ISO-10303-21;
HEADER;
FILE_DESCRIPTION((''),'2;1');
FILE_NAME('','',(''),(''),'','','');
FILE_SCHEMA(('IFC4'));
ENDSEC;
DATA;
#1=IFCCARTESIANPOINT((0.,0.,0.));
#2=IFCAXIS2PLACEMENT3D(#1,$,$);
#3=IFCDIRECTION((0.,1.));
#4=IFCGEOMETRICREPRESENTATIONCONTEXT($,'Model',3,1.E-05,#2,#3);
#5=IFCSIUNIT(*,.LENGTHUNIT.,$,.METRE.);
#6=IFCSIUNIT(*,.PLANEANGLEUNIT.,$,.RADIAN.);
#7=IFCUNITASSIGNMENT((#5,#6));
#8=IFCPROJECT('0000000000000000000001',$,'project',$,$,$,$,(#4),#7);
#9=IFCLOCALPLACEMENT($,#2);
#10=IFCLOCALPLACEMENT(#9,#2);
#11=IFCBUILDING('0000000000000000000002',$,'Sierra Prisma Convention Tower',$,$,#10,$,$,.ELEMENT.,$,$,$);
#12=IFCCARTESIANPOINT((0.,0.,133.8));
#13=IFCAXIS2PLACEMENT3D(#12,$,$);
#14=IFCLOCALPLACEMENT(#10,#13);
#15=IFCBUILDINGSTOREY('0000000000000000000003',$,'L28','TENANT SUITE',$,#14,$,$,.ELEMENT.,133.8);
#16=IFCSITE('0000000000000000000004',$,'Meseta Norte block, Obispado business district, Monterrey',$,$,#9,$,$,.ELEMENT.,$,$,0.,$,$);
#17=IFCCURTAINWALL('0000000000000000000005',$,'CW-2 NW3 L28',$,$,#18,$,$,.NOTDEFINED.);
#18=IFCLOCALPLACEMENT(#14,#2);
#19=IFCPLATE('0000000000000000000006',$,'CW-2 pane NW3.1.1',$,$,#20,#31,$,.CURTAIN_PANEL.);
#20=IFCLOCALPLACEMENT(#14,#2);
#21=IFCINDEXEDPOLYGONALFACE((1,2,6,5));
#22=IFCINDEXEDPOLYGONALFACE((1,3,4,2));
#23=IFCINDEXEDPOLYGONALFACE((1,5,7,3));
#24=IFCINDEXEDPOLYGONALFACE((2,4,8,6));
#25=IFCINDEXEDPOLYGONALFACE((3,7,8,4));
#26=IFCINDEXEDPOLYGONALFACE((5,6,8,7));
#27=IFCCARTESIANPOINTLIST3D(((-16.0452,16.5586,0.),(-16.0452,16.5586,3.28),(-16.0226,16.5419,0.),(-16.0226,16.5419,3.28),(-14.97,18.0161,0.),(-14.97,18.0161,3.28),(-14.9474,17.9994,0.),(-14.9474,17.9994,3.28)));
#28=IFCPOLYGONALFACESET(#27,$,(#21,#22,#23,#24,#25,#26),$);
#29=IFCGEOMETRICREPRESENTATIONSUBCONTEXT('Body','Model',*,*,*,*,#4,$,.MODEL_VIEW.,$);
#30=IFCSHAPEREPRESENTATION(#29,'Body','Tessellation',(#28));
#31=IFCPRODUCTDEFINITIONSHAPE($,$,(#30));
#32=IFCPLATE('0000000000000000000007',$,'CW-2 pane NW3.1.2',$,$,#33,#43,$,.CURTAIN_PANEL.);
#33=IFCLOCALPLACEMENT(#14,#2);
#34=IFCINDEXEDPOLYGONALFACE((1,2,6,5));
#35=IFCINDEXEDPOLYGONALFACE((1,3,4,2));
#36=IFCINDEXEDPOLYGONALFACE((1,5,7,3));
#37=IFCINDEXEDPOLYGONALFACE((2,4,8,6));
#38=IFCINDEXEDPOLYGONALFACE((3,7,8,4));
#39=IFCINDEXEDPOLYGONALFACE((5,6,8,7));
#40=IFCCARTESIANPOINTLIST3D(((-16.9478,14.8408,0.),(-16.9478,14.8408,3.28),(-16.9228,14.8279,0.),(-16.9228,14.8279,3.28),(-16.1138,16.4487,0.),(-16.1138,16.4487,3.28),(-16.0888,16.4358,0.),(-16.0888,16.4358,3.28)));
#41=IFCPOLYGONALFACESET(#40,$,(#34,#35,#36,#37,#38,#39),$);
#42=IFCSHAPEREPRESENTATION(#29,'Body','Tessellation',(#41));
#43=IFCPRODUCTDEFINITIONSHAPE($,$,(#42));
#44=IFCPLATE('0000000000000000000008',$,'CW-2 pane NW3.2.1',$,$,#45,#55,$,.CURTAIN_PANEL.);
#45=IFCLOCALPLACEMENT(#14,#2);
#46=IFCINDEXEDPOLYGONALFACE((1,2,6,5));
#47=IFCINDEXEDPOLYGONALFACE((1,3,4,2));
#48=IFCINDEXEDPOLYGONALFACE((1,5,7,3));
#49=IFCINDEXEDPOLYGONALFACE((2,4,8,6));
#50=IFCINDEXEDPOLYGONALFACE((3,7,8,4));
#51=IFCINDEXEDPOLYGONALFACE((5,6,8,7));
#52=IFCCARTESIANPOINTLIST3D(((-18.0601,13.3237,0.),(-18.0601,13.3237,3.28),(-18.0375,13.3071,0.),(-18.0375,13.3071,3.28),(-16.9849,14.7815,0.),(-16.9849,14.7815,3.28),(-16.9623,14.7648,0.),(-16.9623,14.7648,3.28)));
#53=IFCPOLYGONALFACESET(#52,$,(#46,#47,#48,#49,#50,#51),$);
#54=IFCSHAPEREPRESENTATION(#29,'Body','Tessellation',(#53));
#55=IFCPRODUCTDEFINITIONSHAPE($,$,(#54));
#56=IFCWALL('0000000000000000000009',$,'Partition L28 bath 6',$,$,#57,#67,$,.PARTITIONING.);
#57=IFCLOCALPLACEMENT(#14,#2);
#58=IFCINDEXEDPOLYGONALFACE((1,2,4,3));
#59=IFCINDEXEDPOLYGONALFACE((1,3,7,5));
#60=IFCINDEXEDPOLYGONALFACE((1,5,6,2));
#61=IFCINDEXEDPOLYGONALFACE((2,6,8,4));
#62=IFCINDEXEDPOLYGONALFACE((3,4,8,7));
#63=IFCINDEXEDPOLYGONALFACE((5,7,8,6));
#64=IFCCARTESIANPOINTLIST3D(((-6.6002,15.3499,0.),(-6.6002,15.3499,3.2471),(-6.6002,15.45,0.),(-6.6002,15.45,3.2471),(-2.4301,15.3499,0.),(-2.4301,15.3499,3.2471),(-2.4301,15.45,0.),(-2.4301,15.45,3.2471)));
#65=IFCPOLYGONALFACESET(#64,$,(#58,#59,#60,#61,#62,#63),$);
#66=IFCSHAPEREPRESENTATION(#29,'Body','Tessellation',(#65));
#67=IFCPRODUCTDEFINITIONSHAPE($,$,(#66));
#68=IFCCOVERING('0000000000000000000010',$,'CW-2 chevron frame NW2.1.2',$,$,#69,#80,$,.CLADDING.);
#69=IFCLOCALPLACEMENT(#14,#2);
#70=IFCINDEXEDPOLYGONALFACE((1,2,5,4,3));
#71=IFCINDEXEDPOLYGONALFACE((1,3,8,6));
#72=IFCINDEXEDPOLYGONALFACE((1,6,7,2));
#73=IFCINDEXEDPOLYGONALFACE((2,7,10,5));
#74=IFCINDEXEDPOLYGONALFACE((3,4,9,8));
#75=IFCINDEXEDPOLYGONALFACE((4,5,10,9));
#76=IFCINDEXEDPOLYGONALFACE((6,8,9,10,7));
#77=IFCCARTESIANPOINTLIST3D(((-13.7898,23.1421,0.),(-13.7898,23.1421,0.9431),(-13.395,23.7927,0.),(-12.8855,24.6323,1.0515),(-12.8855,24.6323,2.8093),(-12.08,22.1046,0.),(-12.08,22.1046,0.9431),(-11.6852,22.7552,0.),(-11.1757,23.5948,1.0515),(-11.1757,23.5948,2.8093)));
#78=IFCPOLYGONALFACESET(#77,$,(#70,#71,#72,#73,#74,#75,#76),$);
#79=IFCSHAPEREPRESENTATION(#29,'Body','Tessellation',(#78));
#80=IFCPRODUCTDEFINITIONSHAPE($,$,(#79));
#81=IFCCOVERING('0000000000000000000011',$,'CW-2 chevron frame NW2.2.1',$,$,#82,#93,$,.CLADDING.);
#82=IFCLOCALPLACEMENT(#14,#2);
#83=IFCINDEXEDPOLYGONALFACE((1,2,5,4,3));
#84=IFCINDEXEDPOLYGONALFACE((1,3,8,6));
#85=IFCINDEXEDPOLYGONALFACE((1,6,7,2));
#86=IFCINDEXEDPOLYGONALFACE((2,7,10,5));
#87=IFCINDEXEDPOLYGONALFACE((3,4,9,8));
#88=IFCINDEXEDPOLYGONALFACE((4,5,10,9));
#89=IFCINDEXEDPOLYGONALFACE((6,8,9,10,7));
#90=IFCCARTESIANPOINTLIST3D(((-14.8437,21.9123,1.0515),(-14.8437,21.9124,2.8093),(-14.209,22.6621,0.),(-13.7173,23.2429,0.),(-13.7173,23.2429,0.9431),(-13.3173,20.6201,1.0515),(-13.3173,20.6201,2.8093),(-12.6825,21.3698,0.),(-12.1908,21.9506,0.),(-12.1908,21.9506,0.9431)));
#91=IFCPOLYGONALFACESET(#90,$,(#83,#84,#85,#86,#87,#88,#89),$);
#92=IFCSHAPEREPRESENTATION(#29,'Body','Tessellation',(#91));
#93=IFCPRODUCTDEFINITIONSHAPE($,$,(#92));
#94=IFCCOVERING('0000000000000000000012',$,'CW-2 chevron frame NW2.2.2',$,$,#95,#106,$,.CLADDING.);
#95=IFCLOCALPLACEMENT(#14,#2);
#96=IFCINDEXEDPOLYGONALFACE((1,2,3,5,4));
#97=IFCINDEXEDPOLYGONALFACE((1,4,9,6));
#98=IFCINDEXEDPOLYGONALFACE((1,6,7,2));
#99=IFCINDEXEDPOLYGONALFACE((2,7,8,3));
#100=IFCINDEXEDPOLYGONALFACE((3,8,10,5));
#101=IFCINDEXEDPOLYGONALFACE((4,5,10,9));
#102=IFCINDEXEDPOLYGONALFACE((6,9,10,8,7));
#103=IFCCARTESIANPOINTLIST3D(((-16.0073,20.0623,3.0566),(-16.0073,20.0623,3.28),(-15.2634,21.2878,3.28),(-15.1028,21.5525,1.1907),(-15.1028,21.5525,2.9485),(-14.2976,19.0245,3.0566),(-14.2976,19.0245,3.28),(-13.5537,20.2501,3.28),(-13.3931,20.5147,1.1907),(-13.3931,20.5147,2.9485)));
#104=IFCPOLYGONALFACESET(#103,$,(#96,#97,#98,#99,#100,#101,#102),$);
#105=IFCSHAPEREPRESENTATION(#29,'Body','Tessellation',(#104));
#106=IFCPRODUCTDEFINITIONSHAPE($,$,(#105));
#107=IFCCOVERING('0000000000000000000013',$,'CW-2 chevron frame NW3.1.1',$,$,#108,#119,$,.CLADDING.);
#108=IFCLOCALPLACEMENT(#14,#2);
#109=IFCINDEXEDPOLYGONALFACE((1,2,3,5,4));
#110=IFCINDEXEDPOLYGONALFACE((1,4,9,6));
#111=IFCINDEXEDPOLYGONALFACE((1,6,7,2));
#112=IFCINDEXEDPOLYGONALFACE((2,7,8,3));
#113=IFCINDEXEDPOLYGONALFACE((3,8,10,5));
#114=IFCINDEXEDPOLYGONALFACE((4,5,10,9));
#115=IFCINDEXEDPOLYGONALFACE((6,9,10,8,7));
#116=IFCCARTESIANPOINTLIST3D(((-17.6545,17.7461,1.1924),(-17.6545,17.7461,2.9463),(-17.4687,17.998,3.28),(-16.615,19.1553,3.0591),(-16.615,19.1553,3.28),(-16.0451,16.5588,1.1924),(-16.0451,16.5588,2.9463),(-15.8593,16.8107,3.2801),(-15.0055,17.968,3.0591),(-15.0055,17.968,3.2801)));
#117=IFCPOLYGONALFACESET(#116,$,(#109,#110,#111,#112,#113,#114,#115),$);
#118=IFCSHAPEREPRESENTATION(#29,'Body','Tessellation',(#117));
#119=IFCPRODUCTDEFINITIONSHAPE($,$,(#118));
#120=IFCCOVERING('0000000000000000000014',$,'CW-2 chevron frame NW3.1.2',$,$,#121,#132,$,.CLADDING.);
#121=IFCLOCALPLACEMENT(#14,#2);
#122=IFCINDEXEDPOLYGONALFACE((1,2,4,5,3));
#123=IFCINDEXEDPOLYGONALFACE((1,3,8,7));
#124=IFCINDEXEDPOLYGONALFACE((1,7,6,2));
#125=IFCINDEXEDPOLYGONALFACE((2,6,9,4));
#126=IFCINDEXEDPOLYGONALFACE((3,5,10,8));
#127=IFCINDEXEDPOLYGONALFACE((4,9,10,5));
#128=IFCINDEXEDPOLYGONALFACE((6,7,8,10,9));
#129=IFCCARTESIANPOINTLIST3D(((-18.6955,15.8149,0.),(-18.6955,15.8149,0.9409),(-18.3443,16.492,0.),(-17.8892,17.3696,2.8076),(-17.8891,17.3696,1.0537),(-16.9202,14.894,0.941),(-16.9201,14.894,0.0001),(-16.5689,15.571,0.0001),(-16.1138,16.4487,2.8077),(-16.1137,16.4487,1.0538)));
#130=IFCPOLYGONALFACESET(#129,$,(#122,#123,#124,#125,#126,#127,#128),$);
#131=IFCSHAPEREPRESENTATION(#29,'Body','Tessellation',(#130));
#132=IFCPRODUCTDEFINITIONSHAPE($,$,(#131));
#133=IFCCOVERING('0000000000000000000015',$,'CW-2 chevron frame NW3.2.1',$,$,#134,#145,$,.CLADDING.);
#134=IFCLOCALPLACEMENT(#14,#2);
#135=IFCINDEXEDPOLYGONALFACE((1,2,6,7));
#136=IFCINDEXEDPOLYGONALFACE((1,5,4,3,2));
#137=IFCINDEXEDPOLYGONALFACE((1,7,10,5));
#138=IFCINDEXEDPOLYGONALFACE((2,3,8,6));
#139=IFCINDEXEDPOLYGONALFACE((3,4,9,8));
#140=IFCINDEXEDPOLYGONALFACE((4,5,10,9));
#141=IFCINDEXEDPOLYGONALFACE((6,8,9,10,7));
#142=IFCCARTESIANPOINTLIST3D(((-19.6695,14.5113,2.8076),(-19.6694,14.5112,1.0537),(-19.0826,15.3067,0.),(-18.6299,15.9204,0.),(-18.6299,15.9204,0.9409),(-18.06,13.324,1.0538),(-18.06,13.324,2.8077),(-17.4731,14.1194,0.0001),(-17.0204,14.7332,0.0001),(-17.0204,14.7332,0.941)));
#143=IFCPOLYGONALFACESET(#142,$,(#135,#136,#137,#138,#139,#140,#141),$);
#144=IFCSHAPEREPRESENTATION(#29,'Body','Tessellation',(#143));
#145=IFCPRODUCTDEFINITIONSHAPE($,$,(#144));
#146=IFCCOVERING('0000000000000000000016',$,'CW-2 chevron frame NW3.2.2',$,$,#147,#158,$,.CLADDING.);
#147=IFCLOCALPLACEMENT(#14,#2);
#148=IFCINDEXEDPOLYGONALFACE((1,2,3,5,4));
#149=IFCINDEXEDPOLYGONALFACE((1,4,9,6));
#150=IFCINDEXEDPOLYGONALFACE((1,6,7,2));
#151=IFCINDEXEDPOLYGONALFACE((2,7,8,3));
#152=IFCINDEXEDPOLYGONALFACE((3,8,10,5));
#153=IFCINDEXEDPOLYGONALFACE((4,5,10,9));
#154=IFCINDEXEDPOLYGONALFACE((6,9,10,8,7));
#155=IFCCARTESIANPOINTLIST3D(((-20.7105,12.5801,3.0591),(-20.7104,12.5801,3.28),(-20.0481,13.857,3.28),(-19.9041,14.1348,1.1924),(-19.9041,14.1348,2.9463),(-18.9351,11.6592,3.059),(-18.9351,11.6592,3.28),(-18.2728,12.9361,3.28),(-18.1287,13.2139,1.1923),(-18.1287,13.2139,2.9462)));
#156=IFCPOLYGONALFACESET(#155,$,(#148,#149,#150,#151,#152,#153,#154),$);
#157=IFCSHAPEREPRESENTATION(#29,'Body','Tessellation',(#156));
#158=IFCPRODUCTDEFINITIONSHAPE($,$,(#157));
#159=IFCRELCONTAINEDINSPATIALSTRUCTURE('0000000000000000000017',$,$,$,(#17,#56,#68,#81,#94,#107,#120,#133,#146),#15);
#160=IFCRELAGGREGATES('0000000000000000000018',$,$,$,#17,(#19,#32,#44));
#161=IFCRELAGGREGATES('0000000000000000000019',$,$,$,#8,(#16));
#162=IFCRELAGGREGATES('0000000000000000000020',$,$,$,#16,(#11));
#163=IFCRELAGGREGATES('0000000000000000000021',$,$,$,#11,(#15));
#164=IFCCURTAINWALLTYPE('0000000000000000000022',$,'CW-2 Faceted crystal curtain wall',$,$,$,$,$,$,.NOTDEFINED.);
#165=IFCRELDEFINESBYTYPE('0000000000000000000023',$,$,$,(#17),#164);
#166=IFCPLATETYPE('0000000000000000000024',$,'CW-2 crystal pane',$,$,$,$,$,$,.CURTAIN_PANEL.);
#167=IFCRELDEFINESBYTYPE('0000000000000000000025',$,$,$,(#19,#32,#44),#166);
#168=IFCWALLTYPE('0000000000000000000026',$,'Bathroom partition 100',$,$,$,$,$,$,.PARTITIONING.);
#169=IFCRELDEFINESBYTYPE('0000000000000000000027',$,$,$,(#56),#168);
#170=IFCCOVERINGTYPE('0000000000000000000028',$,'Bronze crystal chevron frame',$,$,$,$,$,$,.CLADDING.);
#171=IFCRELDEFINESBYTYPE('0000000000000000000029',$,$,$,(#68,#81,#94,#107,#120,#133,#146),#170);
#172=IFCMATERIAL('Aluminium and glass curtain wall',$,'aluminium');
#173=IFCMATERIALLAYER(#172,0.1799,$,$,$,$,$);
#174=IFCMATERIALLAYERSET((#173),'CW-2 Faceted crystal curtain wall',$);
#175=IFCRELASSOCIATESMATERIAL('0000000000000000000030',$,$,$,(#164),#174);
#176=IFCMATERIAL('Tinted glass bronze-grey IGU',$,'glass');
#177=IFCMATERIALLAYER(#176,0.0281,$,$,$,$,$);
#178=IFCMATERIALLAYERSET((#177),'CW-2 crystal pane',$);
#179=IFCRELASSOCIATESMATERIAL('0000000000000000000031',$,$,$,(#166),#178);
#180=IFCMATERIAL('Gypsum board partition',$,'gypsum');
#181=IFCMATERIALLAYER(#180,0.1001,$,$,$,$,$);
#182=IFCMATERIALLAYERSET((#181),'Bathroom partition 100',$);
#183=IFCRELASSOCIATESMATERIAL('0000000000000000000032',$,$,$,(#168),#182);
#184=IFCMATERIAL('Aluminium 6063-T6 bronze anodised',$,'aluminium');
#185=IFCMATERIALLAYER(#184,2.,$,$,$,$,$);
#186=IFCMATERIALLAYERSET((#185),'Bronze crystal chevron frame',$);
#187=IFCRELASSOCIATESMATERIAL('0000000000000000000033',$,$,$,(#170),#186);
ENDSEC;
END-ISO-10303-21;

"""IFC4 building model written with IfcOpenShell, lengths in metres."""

from ifc_helpers import new_model, si_unit, direction, frame, frame_2d, origin, place, context, subcontext, project, spatial, polyline, rectangle, outline, extrude, material, layer, layer_set, type_object, element, aggregate, save


model = new_model("IFC4")

# Units and contexts
model_context = context("Model", 3, precision=1e-05, world=origin(), true_north=direction((0.0, 1.0)))
body_context = subcontext(model_context, "Body", "Model", "MODEL_VIEW")
ifc_project = project(units=[si_unit("LENGTHUNIT", "METRE"), si_unit("PLANEANGLEUNIT", "RADIAN")], contexts=[model_context])

# Site, building, storey
site_placement = place(None, origin())
site = spatial("IfcSite", under=ifc_project, at=site_placement, Name="Meseta Norte block, Obispado business district, Monterrey", CompositionType="ELEMENT", RefElevation=0.0)
building_placement = place(site_placement, origin())
building = spatial("IfcBuilding", under=site, at=building_placement, Name="Sierra Prisma Convention Tower", CompositionType="ELEMENT")
storey_placement = place(building_placement, frame((0.0, 0.0, 133.8)))
storey = spatial("IfcBuildingStorey", under=building, at=storey_placement, Name="L28", Description="TENANT SUITE", CompositionType="ELEMENT", Elevation=133.8)

# Curtain wall
ifc_material_1 = material(Name="Aluminium and glass curtain wall", Category="aluminium")
ifc_layer_1 = layer(ifc_material_1, 0.1799)
ifc_layer_set_1 = layer_set([ifc_layer_1], Name="CW-2 Faceted crystal curtain wall")
curtain_wall_type = type_object("IfcCurtainWallType", Name="CW-2 Faceted crystal curtain wall", PredefinedType="NOTDEFINED", material=ifc_layer_set_1)
curtain_wall_1_placement = place(storey_placement, origin())
curtain_wall_1 = element("IfcCurtainWall", 1, at=curtain_wall_1_placement, inside=storey, type_object=curtain_wall_type, Name="CW-2 NW3 L28", PredefinedType="NOTDEFINED")

# Plates
ifc_material_2 = material(Name="Tinted glass bronze-grey IGU", Category="glass")
ifc_layer_2 = layer(ifc_material_2, 0.0281)
ifc_layer_set_2 = layer_set([ifc_layer_2], Name="CW-2 crystal pane")
plate_type = type_object("IfcPlateType", Name="CW-2 crystal pane", PredefinedType="CURTAIN_PANEL", material=ifc_layer_set_2)
plate_1_placement = place(storey_placement, frame((-14.97, 18.0161, 0.0), z_axis=(-0.80473, 0.59364, 0.0), x_axis=(-0.59364, -0.80473, 0.0)))
plate_1 = element("IfcPlate", 2, at=plate_1_placement, type_object=plate_type, Name="CW-2 pane NW3.1.1", PredefinedType="CURTAIN_PANEL", context=body_context, shape_type="SweptSolid", body=[
    extrude(outline(polyline([(0.0, 0.0), (1.8112, 0.0), (1.8112, 3.28), (0.0, 3.28), (0.0, 0.0)])), origin(), (0.0, 0.0, -1.0), 0.0281),
])
plate_2_placement = place(storey_placement, frame((-16.9478, 14.8408, 0.0), z_axis=(-0.887697, 0.460427, 0.0), x_axis=(0.460427, 0.887697, 0.0)))
plate_2 = element("IfcPlate", 3, at=plate_2_placement, type_object=plate_type, Name="CW-2 pane NW3.1.2", PredefinedType="CURTAIN_PANEL", context=body_context, shape_type="SweptSolid", body=[
    extrude(outline(polyline([(0.0, 0.0), (1.8113, 0.0), (1.8113, -3.28), (0.0, -3.28), (0.0, 0.0)])), origin(), (0.0, 0.0, -1.0), 0.0281),
])
plate_3_placement = place(storey_placement, frame((-16.9849, 14.7815, 0.0), z_axis=(-0.804778, 0.593576, 0.0), x_axis=(-0.593576, -0.804778, 0.0)))
plate_3 = element("IfcPlate", 4, at=plate_3_placement, type_object=plate_type, Name="CW-2 pane NW3.2.1", PredefinedType="CURTAIN_PANEL", context=body_context, shape_type="SweptSolid", body=[
    extrude(outline(polyline([(0.0, 0.0), (1.8114, 0.0), (1.8114, 3.28), (0.0, 3.28), (0.0, 0.0)])), origin(), (0.0, 0.0, -1.0), 0.0281),
])
aggregate(curtain_wall_1, [plate_1, plate_2, plate_3])

# Wall
ifc_material_3 = material(Name="Gypsum board partition", Category="gypsum")
ifc_layer_3 = layer(ifc_material_3, 0.1001)
ifc_layer_set_3 = layer_set([ifc_layer_3], Name="Bathroom partition 100")
wall_type = type_object("IfcWallType", Name="Bathroom partition 100", PredefinedType="PARTITIONING", material=ifc_layer_set_3)
wall_placement = place(storey_placement, frame((-6.6001, 15.3999, 0.0), z_axis=(0.0, 0.0, 1.0), x_axis=(1.0, 0.0, 0.0)))
element("IfcWall", 5, at=wall_placement, inside=storey, type_object=wall_type, Name="Partition L28 bath 6", PredefinedType="PARTITIONING", context=body_context, shape_type="SweptSolid", body=[
    extrude(rectangle(XDim=4.1702, YDim=0.1001, at=frame_2d((2.085, 0.0))), origin(), (0.0, 0.0, 1.0), 3.2471),
])

# Coverings
ifc_material_4 = material(Name="Aluminium 6063-T6 bronze anodised", Category="aluminium")
ifc_layer_4 = layer(ifc_material_4, 2.0)
ifc_layer_set_4 = layer_set([ifc_layer_4], Name="Bronze crystal chevron frame")
covering_type = type_object("IfcCoveringType", Name="Bronze crystal chevron frame", PredefinedType="CLADDING", material=ifc_layer_set_4)
covering_1_placement = place(storey_placement, frame((-12.8855, 24.6323, 2.8093), z_axis=(-0.854915, 0.518768, 0.000011), x_axis=(-0.000009, 0.000006, -1.0)))
element("IfcCovering", 6, at=covering_1_placement, inside=storey, type_object=covering_type, Name="CW-2 chevron frame NW2.1.2", PredefinedType="CLADDING", context=body_context, shape_type="SweptSolid", body=[
    extrude(outline(polyline([(0.0, 0.0), (1.7578, 0.0), (2.8093, 0.9821), (2.8093, 1.7431), (1.8662, 1.7431), (0.0, 0.0)])), origin(), (0.0, 0.0, -1.0), 2.0),
])
covering_2_placement = place(storey_placement, frame((-14.209, 22.6621, 0.0), z_axis=(-0.763218, 0.646141, -0.000004), x_axis=(-0.441107, -0.521028, 0.730722)))
element("IfcCovering", 7, at=covering_2_placement, inside=storey, type_object=covering_type, Name="CW-2 chevron frame NW2.2.1", PredefinedType="CLADDING", context=body_context, shape_type="SweptSolid", body=[
    extrude(outline(polyline([(0.0, 0.0), (1.439, 0.0), (2.7235, 1.2), (0.1696, 1.1999), (-0.5195, 0.5561), (0.0, 0.0)])), origin(), (0.0, 0.0, -1.0), 2.0),
])
covering_3_placement = place(storey_placement, frame((-16.0073, 20.0623, 3.28), z_axis=(-0.85485, 0.518875, -0.000003), x_axis=(0.518875, 0.85485, 0.0)))
element("IfcCovering", 8, at=covering_3_placement, inside=storey, type_object=covering_type, Name="CW-2 chevron frame NW2.2.2", PredefinedType="CLADDING", context=body_context, shape_type="SweptSolid", body=[
    extrude(outline(polyline([(0.0, 0.0), (1.4337, 0.0), (1.7433, 0.3315), (1.7433, 2.0894), (0.0, 0.2234), (0.0, 0.0)])), origin(), (0.0, 0.0, -1.0), 2.0),
])
covering_4_placement = place(storey_placement, frame((-16.615, 19.1553, 3.28), z_axis=(-0.804723, 0.59365, -0.000027), x_axis=(0.000021, -0.000016, -1.0)))
element("IfcCovering", 9, at=covering_4_placement, inside=storey, type_object=covering_type, Name="CW-2 chevron frame NW3.1.1", PredefinedType="CLADDING", context=body_context, shape_type="SweptSolid", body=[
    extrude(outline(polyline([(0.0, 0.0), (0.2209, 0.0), (2.0876, 1.7511), (0.3337, 1.7511), (0.0, 1.4381), (0.0, 0.0)])), origin(), (0.0, 0.0, -1.0), 2.0),
])
covering_5_placement = place(storey_placement, frame((-17.8892, 17.3696, 2.8076), z_axis=(-0.88768, 0.46046, -0.000047), x_axis=(0.000042, -0.000022, -1.0)))
element("IfcCovering", 10, at=covering_5_placement, inside=storey, type_object=covering_type, Name="CW-2 chevron frame NW3.1.2", PredefinedType="CLADDING", context=body_context, shape_type="SweptSolid", body=[
    extrude(outline(polyline([(0.0, 0.0), (1.7539, 0.0), (2.8076, 0.9886), (2.8076, 1.7514), (1.8667, 1.7514), (0.0, 0.0)])), origin(), (0.0, 0.0, -1.0), 2.0),
])
covering_6_placement = place(storey_placement, frame((-18.6299, 15.9204, 0.0), z_axis=(-0.804739, 0.593629, -0.000036), x_axis=(-0.593629, -0.804739, 0.0)))
element("IfcCovering", 11, at=covering_6_placement, inside=storey, type_object=covering_type, Name="CW-2 chevron frame NW3.2.1", PredefinedType="CLADDING", context=body_context, shape_type="SweptSolid", body=[
    extrude(outline(polyline([(0.0, 0.0), (0.7626, 0.0), (1.7511, 1.0537), (1.7511, 2.8076), (0.0, 0.9409), (0.0, 0.0)])), origin(), (0.0, 0.0, -1.0), 2.0),
])
covering_7_placement = place(storey_placement, frame((-20.7104, 12.5801, 3.28), z_axis=(-0.887691, 0.460439, 0.000026), x_axis=(0.460439, 0.887691, 0.0)))
element("IfcCovering", 12, at=covering_7_placement, inside=storey, type_object=covering_type, Name="CW-2 chevron frame NW3.2.2", PredefinedType="CLADDING", context=body_context, shape_type="SweptSolid", body=[
    extrude(outline(polyline([(0.0, 0.0), (1.4384, 0.0), (1.7514, 0.3337), (1.7514, 2.0876), (0.0, 0.2209), (0.0, 0.0)])), origin(), (0.0, 0.0, -1.0), 2.0),
])

save(model, "model.ifc")
